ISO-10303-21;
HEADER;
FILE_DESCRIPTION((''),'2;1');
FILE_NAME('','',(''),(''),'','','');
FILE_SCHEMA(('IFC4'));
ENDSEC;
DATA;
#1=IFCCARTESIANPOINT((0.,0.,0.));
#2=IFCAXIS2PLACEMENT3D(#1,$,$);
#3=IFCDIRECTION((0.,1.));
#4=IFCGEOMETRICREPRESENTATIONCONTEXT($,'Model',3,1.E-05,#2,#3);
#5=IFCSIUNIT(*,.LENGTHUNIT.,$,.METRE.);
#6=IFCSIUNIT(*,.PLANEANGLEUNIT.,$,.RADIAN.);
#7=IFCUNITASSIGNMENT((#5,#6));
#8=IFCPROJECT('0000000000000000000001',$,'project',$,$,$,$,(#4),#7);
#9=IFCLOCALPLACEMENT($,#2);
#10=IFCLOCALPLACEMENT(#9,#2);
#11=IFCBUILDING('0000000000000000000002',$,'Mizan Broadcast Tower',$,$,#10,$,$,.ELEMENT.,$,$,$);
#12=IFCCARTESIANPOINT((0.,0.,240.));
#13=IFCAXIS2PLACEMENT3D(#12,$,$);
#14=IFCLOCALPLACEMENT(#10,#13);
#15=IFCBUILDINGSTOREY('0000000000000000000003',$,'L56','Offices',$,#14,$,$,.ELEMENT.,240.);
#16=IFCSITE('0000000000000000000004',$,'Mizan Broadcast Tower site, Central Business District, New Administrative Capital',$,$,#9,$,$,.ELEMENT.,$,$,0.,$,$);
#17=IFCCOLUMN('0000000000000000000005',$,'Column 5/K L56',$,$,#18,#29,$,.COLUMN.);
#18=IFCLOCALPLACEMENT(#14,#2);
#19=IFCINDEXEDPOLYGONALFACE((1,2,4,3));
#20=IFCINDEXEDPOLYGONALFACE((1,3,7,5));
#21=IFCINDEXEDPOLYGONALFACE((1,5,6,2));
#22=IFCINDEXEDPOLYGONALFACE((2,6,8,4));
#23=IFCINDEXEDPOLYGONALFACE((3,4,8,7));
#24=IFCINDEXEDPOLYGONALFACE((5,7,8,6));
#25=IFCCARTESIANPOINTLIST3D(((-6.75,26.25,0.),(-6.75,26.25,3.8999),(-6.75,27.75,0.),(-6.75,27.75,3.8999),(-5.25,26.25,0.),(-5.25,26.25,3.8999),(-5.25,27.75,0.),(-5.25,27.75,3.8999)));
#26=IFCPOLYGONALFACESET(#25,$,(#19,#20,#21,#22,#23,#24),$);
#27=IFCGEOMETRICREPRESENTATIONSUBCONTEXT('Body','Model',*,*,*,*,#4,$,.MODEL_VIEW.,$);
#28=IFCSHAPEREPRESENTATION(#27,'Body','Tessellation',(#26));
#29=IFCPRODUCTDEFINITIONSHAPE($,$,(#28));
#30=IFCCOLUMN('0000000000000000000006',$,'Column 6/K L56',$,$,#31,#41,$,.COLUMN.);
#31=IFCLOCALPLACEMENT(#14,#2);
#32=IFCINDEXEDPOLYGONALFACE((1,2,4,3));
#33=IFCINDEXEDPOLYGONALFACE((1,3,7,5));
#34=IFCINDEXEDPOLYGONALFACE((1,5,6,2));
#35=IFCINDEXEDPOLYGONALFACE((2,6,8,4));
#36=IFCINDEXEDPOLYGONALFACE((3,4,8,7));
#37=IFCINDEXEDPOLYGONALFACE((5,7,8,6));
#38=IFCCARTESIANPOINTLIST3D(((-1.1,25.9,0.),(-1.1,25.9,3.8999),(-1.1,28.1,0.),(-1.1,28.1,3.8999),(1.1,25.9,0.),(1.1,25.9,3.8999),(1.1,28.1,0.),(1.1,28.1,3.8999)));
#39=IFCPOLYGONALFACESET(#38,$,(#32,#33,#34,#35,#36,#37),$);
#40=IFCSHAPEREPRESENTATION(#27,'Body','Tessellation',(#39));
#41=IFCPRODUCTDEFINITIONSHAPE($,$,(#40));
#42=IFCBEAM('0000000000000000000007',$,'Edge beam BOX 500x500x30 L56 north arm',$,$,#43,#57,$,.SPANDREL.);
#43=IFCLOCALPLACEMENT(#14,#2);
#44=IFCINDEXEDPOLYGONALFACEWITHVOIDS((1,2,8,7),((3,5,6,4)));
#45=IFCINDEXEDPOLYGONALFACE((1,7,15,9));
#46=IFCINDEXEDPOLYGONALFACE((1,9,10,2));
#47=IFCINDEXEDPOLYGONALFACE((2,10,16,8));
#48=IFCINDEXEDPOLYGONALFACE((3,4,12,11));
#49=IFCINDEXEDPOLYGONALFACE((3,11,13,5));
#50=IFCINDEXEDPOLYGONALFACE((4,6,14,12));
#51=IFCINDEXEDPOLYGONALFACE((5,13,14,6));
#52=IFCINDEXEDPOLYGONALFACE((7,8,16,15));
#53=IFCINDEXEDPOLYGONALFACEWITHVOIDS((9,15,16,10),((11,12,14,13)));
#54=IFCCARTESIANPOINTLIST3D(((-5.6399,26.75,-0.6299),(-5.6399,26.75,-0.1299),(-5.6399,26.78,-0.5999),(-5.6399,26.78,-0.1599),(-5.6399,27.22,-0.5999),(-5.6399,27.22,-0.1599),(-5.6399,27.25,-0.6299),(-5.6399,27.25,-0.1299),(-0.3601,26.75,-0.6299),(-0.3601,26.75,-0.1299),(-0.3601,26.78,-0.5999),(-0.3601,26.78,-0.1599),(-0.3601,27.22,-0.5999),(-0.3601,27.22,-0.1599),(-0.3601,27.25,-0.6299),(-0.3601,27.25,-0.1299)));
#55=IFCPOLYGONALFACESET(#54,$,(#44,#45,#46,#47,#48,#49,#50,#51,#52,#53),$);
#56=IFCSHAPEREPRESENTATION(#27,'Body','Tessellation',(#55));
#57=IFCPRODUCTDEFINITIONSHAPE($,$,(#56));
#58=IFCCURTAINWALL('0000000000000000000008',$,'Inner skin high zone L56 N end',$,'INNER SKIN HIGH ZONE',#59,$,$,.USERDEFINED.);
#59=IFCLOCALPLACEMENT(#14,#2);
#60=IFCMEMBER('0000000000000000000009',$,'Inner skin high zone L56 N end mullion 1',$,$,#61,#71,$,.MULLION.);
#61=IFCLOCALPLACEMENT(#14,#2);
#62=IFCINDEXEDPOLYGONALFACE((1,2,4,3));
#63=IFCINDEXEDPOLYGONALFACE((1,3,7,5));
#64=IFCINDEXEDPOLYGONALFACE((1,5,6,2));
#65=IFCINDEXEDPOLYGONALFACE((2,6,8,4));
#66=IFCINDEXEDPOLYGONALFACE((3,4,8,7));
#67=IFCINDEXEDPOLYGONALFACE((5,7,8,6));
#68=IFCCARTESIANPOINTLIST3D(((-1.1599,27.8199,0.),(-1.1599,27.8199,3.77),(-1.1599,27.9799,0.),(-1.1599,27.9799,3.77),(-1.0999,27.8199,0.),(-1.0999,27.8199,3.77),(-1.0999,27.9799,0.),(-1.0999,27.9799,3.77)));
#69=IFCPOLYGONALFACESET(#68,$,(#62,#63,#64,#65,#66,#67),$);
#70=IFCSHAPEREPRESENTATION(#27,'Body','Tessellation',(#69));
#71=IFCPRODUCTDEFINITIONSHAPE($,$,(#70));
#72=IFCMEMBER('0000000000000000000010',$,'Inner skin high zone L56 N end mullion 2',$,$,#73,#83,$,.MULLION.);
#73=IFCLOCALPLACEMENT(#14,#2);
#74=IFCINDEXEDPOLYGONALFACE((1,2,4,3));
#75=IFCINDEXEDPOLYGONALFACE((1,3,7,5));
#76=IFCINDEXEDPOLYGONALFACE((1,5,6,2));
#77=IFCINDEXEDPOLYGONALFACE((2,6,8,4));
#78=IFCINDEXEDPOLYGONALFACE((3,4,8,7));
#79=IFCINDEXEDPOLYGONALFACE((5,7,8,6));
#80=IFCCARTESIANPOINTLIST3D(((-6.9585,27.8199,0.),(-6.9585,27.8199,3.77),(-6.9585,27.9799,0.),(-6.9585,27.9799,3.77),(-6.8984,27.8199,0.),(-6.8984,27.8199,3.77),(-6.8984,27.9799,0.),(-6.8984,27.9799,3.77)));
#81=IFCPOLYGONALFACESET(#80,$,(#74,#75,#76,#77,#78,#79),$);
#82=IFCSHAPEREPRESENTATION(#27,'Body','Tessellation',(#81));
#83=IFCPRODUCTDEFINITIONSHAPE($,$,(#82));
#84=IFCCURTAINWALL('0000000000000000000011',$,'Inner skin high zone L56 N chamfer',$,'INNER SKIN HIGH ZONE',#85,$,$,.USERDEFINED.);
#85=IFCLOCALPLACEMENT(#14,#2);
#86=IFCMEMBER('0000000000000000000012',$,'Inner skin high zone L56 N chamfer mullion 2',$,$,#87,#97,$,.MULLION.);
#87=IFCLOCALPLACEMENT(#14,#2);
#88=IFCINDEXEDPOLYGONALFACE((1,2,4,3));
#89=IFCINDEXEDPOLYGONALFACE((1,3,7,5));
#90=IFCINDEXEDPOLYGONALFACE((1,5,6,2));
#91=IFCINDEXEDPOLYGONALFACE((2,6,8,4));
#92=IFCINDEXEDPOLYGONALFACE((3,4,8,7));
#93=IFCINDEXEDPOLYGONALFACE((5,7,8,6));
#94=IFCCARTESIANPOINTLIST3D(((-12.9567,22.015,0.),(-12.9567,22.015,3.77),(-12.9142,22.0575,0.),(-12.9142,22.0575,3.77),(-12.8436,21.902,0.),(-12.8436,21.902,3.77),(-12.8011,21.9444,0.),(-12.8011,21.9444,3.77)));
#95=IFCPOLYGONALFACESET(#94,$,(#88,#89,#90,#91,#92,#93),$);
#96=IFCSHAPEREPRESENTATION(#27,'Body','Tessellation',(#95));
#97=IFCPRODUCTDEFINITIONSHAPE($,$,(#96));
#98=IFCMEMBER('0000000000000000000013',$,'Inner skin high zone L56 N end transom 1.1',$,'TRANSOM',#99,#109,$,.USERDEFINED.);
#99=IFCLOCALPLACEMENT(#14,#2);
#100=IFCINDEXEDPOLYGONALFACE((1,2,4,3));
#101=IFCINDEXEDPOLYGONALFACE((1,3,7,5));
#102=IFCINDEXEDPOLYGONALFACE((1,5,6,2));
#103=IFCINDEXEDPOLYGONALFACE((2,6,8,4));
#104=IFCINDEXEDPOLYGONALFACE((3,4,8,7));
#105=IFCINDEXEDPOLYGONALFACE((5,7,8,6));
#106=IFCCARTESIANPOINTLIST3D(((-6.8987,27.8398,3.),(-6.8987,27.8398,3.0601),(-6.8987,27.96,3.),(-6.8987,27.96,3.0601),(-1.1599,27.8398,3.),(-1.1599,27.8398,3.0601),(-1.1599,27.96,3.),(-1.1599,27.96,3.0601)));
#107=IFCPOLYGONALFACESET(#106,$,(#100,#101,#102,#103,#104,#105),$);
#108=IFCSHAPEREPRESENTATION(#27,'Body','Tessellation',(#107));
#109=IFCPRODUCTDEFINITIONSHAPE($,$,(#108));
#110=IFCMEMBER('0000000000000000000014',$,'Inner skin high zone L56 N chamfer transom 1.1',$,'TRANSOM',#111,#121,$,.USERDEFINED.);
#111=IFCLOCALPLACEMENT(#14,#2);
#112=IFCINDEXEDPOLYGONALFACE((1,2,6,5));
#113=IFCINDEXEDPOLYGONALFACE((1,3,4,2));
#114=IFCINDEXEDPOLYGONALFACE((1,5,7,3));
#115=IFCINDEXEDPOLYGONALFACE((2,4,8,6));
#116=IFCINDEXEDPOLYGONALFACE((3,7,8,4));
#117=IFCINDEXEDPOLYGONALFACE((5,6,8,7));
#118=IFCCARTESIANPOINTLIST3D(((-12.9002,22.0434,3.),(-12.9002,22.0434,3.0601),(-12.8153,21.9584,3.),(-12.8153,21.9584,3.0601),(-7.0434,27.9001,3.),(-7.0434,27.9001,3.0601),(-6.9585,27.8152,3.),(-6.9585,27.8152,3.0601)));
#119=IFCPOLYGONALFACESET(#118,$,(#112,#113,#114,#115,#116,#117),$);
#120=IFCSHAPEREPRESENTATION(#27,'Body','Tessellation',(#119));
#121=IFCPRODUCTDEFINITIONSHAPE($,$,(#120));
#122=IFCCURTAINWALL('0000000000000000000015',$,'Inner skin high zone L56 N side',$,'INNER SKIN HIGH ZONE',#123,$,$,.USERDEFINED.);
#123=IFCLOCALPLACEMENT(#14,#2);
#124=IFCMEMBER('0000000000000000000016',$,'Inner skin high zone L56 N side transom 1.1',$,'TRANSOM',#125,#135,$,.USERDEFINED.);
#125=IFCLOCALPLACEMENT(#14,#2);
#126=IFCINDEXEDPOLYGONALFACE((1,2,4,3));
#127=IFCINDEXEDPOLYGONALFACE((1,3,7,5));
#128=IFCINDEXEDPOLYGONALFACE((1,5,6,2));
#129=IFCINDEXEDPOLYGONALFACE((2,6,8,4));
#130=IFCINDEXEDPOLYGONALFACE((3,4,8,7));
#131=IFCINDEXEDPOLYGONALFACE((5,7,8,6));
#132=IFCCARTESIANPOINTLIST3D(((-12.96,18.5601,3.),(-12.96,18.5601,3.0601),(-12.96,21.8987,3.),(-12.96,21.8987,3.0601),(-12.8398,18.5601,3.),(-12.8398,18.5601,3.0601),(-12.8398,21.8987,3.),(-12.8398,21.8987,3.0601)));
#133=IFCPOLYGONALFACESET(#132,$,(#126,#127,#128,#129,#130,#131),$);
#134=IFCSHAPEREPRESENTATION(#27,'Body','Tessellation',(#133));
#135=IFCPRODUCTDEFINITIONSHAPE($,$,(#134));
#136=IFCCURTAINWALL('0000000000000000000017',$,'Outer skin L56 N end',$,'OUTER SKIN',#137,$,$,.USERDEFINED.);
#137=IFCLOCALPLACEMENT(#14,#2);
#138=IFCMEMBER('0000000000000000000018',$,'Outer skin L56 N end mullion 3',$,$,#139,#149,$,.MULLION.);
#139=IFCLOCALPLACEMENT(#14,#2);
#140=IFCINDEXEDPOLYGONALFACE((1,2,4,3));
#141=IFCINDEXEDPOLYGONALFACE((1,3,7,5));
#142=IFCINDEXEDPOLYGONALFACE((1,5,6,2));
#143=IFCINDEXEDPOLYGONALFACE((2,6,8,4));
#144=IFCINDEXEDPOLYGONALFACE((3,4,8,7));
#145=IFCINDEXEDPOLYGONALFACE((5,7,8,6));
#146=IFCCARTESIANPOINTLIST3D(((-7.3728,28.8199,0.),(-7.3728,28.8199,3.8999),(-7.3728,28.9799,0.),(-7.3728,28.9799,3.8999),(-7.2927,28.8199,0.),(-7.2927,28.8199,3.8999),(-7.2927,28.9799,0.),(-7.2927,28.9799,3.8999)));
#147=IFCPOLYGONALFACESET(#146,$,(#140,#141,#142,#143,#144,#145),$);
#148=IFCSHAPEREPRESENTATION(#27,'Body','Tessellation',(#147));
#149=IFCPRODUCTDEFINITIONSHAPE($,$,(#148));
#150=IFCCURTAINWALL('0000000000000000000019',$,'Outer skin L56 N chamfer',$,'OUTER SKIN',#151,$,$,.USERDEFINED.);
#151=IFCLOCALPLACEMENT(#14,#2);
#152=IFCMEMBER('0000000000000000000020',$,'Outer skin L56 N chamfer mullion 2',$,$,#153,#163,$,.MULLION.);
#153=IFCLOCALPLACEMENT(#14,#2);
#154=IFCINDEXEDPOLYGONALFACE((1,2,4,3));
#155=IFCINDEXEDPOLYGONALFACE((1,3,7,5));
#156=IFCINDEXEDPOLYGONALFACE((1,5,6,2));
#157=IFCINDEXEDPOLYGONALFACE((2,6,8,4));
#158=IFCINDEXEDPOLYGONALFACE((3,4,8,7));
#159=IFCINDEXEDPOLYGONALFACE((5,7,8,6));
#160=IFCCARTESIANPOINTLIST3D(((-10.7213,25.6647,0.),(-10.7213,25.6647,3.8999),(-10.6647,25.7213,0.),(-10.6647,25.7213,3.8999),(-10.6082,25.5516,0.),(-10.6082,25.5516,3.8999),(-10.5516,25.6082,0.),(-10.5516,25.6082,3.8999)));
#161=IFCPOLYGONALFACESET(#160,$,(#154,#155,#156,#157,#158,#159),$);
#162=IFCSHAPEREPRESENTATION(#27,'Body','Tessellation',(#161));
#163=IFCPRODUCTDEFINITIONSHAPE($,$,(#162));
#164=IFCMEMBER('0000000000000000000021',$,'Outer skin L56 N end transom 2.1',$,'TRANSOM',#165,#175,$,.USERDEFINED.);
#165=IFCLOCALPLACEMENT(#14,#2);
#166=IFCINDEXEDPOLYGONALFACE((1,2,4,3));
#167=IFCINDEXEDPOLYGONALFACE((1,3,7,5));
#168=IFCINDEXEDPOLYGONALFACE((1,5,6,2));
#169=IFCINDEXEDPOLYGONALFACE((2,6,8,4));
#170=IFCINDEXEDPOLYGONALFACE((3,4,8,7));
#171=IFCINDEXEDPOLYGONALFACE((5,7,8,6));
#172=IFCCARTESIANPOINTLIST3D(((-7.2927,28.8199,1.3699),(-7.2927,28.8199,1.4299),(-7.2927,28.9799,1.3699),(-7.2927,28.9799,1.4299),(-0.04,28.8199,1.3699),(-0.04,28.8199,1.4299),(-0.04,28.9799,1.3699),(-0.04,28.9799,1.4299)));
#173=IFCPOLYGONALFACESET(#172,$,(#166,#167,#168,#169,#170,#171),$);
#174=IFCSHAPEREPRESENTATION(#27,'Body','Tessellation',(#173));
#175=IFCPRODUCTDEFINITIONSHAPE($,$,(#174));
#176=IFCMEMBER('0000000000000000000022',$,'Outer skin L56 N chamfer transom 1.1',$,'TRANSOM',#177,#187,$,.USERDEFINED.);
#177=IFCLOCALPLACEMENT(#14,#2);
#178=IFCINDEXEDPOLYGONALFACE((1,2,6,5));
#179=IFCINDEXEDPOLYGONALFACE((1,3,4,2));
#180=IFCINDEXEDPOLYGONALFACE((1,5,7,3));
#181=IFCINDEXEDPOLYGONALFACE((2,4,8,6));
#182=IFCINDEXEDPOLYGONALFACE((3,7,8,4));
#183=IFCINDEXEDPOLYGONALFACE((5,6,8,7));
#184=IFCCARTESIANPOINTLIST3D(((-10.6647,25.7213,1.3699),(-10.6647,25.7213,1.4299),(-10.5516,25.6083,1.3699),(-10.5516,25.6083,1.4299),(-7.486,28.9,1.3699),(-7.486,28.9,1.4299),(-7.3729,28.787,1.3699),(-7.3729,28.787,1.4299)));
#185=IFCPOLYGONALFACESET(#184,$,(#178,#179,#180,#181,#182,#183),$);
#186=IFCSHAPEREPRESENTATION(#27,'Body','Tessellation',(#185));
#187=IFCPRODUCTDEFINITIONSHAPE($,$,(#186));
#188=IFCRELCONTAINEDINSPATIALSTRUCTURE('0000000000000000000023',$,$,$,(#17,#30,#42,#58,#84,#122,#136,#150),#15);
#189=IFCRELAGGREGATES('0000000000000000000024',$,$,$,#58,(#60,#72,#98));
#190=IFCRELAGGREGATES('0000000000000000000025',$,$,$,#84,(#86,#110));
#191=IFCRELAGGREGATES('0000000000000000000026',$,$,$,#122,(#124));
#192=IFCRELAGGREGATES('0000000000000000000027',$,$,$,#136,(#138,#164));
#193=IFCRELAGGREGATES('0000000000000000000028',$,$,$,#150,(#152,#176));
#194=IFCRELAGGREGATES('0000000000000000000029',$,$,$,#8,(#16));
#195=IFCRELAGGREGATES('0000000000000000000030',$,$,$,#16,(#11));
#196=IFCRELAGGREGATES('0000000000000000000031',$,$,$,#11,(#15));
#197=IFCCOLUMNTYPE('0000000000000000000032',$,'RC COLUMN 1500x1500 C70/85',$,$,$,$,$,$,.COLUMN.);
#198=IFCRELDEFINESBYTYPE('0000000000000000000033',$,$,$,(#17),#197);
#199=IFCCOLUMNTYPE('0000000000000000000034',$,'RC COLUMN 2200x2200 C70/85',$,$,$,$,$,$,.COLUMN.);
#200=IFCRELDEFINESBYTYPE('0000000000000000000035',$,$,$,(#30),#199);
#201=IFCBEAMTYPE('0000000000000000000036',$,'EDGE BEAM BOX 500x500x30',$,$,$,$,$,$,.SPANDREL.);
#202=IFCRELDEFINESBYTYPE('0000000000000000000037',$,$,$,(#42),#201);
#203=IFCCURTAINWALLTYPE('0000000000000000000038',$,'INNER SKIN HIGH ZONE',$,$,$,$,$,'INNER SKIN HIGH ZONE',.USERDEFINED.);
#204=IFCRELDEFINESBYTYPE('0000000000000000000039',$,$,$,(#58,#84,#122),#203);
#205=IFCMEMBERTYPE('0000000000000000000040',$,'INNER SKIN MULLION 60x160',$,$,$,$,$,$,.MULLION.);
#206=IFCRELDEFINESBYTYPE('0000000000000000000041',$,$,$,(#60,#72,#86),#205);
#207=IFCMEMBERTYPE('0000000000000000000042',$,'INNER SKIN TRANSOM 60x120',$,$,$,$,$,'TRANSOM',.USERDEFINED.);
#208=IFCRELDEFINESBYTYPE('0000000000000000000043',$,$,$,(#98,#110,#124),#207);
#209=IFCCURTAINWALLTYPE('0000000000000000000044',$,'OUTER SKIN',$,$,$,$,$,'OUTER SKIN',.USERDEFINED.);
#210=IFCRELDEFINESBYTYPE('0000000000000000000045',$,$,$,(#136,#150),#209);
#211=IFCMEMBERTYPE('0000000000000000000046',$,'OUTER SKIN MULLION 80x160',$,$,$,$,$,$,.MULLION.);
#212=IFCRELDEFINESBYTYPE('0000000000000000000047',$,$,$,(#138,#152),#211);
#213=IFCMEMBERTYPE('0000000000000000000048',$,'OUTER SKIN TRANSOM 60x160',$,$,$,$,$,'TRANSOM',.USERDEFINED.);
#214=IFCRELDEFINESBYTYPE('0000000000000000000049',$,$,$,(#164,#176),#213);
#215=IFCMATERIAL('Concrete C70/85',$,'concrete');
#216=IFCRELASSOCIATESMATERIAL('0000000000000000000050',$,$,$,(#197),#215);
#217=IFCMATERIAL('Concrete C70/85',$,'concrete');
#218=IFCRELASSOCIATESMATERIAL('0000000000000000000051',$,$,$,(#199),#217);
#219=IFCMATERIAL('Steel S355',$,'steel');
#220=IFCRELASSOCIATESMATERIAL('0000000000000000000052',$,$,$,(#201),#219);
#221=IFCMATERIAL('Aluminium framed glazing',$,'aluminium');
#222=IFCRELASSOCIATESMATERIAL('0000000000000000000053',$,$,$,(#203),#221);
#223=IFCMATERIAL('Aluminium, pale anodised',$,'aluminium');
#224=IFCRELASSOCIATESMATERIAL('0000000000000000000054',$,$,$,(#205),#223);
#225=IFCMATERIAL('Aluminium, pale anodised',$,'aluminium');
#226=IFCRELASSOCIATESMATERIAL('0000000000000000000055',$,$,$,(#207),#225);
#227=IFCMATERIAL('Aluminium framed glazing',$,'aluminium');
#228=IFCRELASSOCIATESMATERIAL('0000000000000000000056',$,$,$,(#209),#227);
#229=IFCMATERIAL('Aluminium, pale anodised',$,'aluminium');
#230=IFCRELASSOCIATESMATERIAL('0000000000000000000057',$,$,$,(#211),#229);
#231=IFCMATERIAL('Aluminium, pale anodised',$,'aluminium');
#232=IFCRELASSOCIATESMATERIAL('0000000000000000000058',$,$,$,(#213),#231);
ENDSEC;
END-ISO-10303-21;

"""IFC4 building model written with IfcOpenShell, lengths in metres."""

from ifc_helpers import new_model, si_unit, direction, frame, origin, origin_2d, place, context, subcontext, project, spatial, rectangle, hollow_rectangle, extrude, material, material_profile, profile_set, type_object, element, aggregate, save


model = new_model("IFC4")

# Units and contexts
model_context = context("Model", 3, precision=1e-05, world=origin(), true_north=direction((0.0, 1.0)))
body_context = subcontext(model_context, "Body", "Model", "MODEL_VIEW")
ifc_project = project(units=[si_unit("LENGTHUNIT", "METRE"), si_unit("PLANEANGLEUNIT", "RADIAN")], contexts=[model_context])

# Site, building, storey
site_placement = place(None, origin())
site = spatial("IfcSite", under=ifc_project, at=site_placement, Name="Mizan Broadcast Tower site, Central Business District, New Administrative Capital", CompositionType="ELEMENT", RefElevation=0.0)
building_placement = place(site_placement, origin())
building = spatial("IfcBuilding", under=site, at=building_placement, Name="Mizan Broadcast Tower", CompositionType="ELEMENT")
storey_placement = place(building_placement, frame((0.0, 0.0, 240.0)))
storey = spatial("IfcBuildingStorey", under=building, at=storey_placement, Name="L56", Description="Offices", CompositionType="ELEMENT", Elevation=240.0)

# Columns
ifc_material_1 = material(Name="Concrete C70/85", Category="concrete")
ifc_material_profile_1 = material_profile(ifc_material_1, rectangle(XDim=1.5, YDim=1.5, at=origin_2d()), Name="RC 1500x1500")
ifc_profile_set_1 = profile_set([ifc_material_profile_1], Name="Concrete C70/85")
column_type_1 = type_object("IfcColumnType", Name="RC COLUMN 1500x1500 C70/85", PredefinedType="COLUMN", material=ifc_profile_set_1)
column_1_placement = place(storey_placement, frame((-6.0, 27.0, 0.0), z_axis=(0.0, 0.0, 1.0), x_axis=(1.0, 0.0, 0.0)))
element("IfcColumn", 1, at=column_1_placement, inside=storey, type_object=column_type_1, Name="Column 5/K L56", PredefinedType="COLUMN", context=body_context, shape_type="SweptSolid", body=[
    extrude(rectangle(XDim=1.5, YDim=1.5, at=origin_2d()), origin(), (0.0, 0.0, 1.0), 3.8999),
])
ifc_material_2 = material(Name="Concrete C70/85", Category="concrete")
ifc_material_profile_2 = material_profile(ifc_material_2, rectangle(XDim=2.2, YDim=2.2, at=origin_2d()), Name="RC 2200x2200")
ifc_profile_set_2 = profile_set([ifc_material_profile_2], Name="Concrete C70/85")
column_type_2 = type_object("IfcColumnType", Name="RC COLUMN 2200x2200 C70/85", PredefinedType="COLUMN", material=ifc_profile_set_2)
column_2_placement = place(storey_placement, frame((0.0, 27.0, 0.0), z_axis=(0.0, 0.0, 1.0), x_axis=(1.0, 0.0, 0.0)))
element("IfcColumn", 2, at=column_2_placement, inside=storey, type_object=column_type_2, Name="Column 6/K L56", PredefinedType="COLUMN", context=body_context, shape_type="SweptSolid", body=[
    extrude(rectangle(XDim=2.2, YDim=2.2, at=origin_2d()), origin(), (0.0, 0.0, 1.0), 3.8999),
])

# Beam
ifc_material_3 = material(Name="Steel S355", Category="steel")
ifc_material_profile_3 = material_profile(ifc_material_3, hollow_rectangle(XDim=0.5, YDim=0.5, WallThickness=0.03, at=origin_2d()), Name="BOX 500x500x30")
ifc_profile_set_3 = profile_set([ifc_material_profile_3], Name="Steel S355")
beam_type_1 = type_object("IfcBeamType", Name="EDGE BEAM BOX 500x500x30", PredefinedType="SPANDREL", material=ifc_profile_set_3)
beam_1_placement = place(storey_placement, frame((-5.6399, 27.0, -0.3799), z_axis=(1.0, 0.0, 0.0), x_axis=(0.0, 1.0, 0.0)))
element("IfcBeam", 3, at=beam_1_placement, inside=storey, type_object=beam_type_1, Name="Edge beam BOX 500x500x30 L56 north arm", PredefinedType="SPANDREL", context=body_context, shape_type="SweptSolid", body=[
    extrude(hollow_rectangle(XDim=0.5, YDim=0.5, WallThickness=0.03, at=origin_2d()), origin(), (0.0, 0.0, 1.0), 5.2798),
])

# Curtain wall, members
ifc_material_4 = material(Name="Aluminium framed glazing", Category="aluminium")
curtain_wall_type_1 = type_object("IfcCurtainWallType", Name="INNER SKIN HIGH ZONE", ElementType="INNER SKIN HIGH ZONE", PredefinedType="USERDEFINED", material=ifc_material_4)
curtain_wall_1_placement = place(storey_placement, origin())
curtain_wall_1 = element("IfcCurtainWall", 4, at=curtain_wall_1_placement, inside=storey, type_object=curtain_wall_type_1, Name="Inner skin high zone L56 N end", ObjectType="INNER SKIN HIGH ZONE", PredefinedType="USERDEFINED")
ifc_material_5 = material(Name="Aluminium, pale anodised", Category="aluminium")
ifc_material_profile_4 = material_profile(ifc_material_5, rectangle(XDim=0.1599, YDim=0.0601, at=origin_2d()), Name="MULLION 160x60")
ifc_profile_set_4 = profile_set([ifc_material_profile_4], Name="Aluminium, pale anodised")
member_type_1 = type_object("IfcMemberType", Name="INNER SKIN MULLION 60x160", PredefinedType="MULLION", material=ifc_profile_set_4)
member_1_placement = place(storey_placement, frame((-1.1299, 27.8999, 0.0), z_axis=(0.0, 0.0, 1.0), x_axis=(0.0, -1.0, 0.0)))
member_1 = element("IfcMember", 5, at=member_1_placement, type_object=member_type_1, Name="Inner skin high zone L56 N end mullion 1", PredefinedType="MULLION", context=body_context, shape_type="SweptSolid", body=[
    extrude(rectangle(XDim=0.1599, YDim=0.0601, at=origin_2d()), origin(), (0.0, 0.0, 1.0), 3.77),
])
member_2_placement = place(storey_placement, frame((-6.9285, 27.8999, 0.0), z_axis=(0.0, 0.0, 1.0), x_axis=(0.0, -1.0, 0.0)))
member_2 = element("IfcMember", 6, at=member_2_placement, type_object=member_type_1, Name="Inner skin high zone L56 N end mullion 2", PredefinedType="MULLION", context=body_context, shape_type="SweptSolid", body=[
    extrude(rectangle(XDim=0.1599, YDim=0.0601, at=origin_2d()), origin(), (0.0, 0.0, 1.0), 3.77),
])

# Curtain wall, member
curtain_wall_2_placement = place(storey_placement, origin())
curtain_wall_2 = element("IfcCurtainWall", 7, at=curtain_wall_2_placement, inside=storey, type_object=curtain_wall_type_1, Name="Inner skin high zone L56 N chamfer", ObjectType="INNER SKIN HIGH ZONE", PredefinedType="USERDEFINED")
member_3_placement = place(storey_placement, frame((-12.8789, 21.9797, 0.0), z_axis=(0.0, 0.0, 1.0), x_axis=(0.707107, -0.707107, 0.0)))
member_3 = element("IfcMember", 8, at=member_3_placement, type_object=member_type_1, Name="Inner skin high zone L56 N chamfer mullion 2", PredefinedType="MULLION", context=body_context, shape_type="SweptSolid", body=[
    extrude(rectangle(XDim=0.1599, YDim=0.0601, at=origin_2d()), origin(), (0.0, 0.0, 1.0), 3.77),
])

# Members
ifc_material_6 = material(Name="Aluminium, pale anodised", Category="aluminium")
ifc_material_profile_5 = material_profile(ifc_material_6, rectangle(XDim=0.1201, YDim=0.0601, at=origin_2d()), Name="TRANSOM 120x60")
ifc_profile_set_5 = profile_set([ifc_material_profile_5], Name="Aluminium, pale anodised")
member_type_2 = type_object("IfcMemberType", Name="INNER SKIN TRANSOM 60x120", ElementType="TRANSOM", PredefinedType="USERDEFINED", material=ifc_profile_set_5)
member_4_placement = place(storey_placement, frame((-1.1599, 27.8999, 3.03), z_axis=(-1.0, 0.0, 0.0), x_axis=(0.0, -1.0, 0.0)))
member_4 = element("IfcMember", 9, at=member_4_placement, type_object=member_type_2, Name="Inner skin high zone L56 N end transom 1.1", ObjectType="TRANSOM", PredefinedType="USERDEFINED", context=body_context, shape_type="SweptSolid", body=[
    extrude(rectangle(XDim=0.1201, YDim=0.0601, at=origin_2d()), origin(), (0.0, 0.0, 1.0), 5.7388),
])
member_5_placement = place(storey_placement, frame((-7.001, 27.8577, 3.03), z_axis=(-0.707107, -0.707107, 0.0), x_axis=(0.707107, -0.707107, 0.0)))
member_5 = element("IfcMember", 10, at=member_5_placement, type_object=member_type_2, Name="Inner skin high zone L56 N chamfer transom 1.1", ObjectType="TRANSOM", PredefinedType="USERDEFINED", context=body_context, shape_type="SweptSolid", body=[
    extrude(rectangle(XDim=0.1201, YDim=0.0601, at=origin_2d()), origin(), (0.0, 0.0, 1.0), 8.2827),
])

# Curtain walls, members
curtain_wall_3_placement = place(storey_placement, origin())
curtain_wall_3 = element("IfcCurtainWall", 11, at=curtain_wall_3_placement, inside=storey, type_object=curtain_wall_type_1, Name="Inner skin high zone L56 N side", ObjectType="INNER SKIN HIGH ZONE", PredefinedType="USERDEFINED")
member_6_placement = place(storey_placement, frame((-12.8999, 21.8987, 3.03), z_axis=(0.0, -1.0, 0.0), x_axis=(1.0, 0.0, 0.0)))
member_6 = element("IfcMember", 12, at=member_6_placement, type_object=member_type_2, Name="Inner skin high zone L56 N side transom 1.1", ObjectType="TRANSOM", PredefinedType="USERDEFINED", context=body_context, shape_type="SweptSolid", body=[
    extrude(rectangle(XDim=0.1201, YDim=0.0601, at=origin_2d()), origin(), (0.0, 0.0, 1.0), 3.3386),
])
ifc_material_7 = material(Name="Aluminium framed glazing", Category="aluminium")
curtain_wall_type_2 = type_object("IfcCurtainWallType", Name="OUTER SKIN", ElementType="OUTER SKIN", PredefinedType="USERDEFINED", material=ifc_material_7)
curtain_wall_4_placement = place(storey_placement, origin())
curtain_wall_4 = element("IfcCurtainWall", 13, at=curtain_wall_4_placement, inside=storey, type_object=curtain_wall_type_2, Name="Outer skin L56 N end", ObjectType="OUTER SKIN", PredefinedType="USERDEFINED")
ifc_material_8 = material(Name="Aluminium, pale anodised", Category="aluminium")
ifc_material_profile_6 = material_profile(ifc_material_8, rectangle(XDim=0.1599, YDim=0.0801, at=origin_2d()), Name="MULLION 160x80")
ifc_profile_set_6 = profile_set([ifc_material_profile_6], Name="Aluminium, pale anodised")
member_type_3 = type_object("IfcMemberType", Name="OUTER SKIN MULLION 80x160", PredefinedType="MULLION", material=ifc_profile_set_6)
member_7_placement = place(storey_placement, frame((-7.3328, 28.8999, 0.0), z_axis=(0.0, 0.0, 1.0), x_axis=(0.0, -1.0, 0.0)))
member_7 = element("IfcMember", 14, at=member_7_placement, type_object=member_type_3, Name="Outer skin L56 N end mullion 3", PredefinedType="MULLION", context=body_context, shape_type="SweptSolid", body=[
    extrude(rectangle(XDim=0.1599, YDim=0.0801, at=origin_2d()), origin(), (0.0, 0.0, 1.0), 3.8999),
])
curtain_wall_5_placement = place(storey_placement, origin())
curtain_wall_5 = element("IfcCurtainWall", 15, at=curtain_wall_5_placement, inside=storey, type_object=curtain_wall_type_2, Name="Outer skin L56 N chamfer", ObjectType="OUTER SKIN", PredefinedType="USERDEFINED")
member_8_placement = place(storey_placement, frame((-10.6365, 25.6365, 0.0), z_axis=(0.0, 0.0, 1.0), x_axis=(0.707107, -0.707107, 0.0)))
member_8 = element("IfcMember", 16, at=member_8_placement, type_object=member_type_3, Name="Outer skin L56 N chamfer mullion 2", PredefinedType="MULLION", context=body_context, shape_type="SweptSolid", body=[
    extrude(rectangle(XDim=0.1599, YDim=0.0801, at=origin_2d()), origin(), (0.0, 0.0, 1.0), 3.8999),
])

# Members
ifc_material_9 = material(Name="Aluminium, pale anodised", Category="aluminium")
ifc_material_profile_7 = material_profile(ifc_material_9, rectangle(XDim=0.1599, YDim=0.0601, at=origin_2d()), Name="TRANSOM 160x60")
ifc_profile_set_7 = profile_set([ifc_material_profile_7], Name="Aluminium, pale anodised")
member_type_4 = type_object("IfcMemberType", Name="OUTER SKIN TRANSOM 60x160", ElementType="TRANSOM", PredefinedType="USERDEFINED", material=ifc_profile_set_7)
member_9_placement = place(storey_placement, frame((-0.04, 28.8999, 1.3999), z_axis=(-1.0, 0.0, 0.0), x_axis=(0.0, -1.0, 0.0)))
member_9 = element("IfcMember", 17, at=member_9_placement, type_object=member_type_4, Name="Outer skin L56 N end transom 2.1", ObjectType="TRANSOM", PredefinedType="USERDEFINED", context=body_context, shape_type="SweptSolid", body=[
    extrude(rectangle(XDim=0.1599, YDim=0.0601, at=origin_2d()), origin(), (0.0, 0.0, 1.0), 7.2527),
])
member_10_placement = place(storey_placement, frame((-7.4294, 28.8435, 1.3999), z_axis=(-0.707107, -0.707107, 0.0), x_axis=(0.707107, -0.707107, 0.0)))
member_10 = element("IfcMember", 18, at=member_10_placement, type_object=member_type_4, Name="Outer skin L56 N chamfer transom 1.1", ObjectType="TRANSOM", PredefinedType="USERDEFINED", context=body_context, shape_type="SweptSolid", body=[
    extrude(rectangle(XDim=0.1599, YDim=0.0601, at=origin_2d()), origin(), (0.0, 0.0, 1.0), 4.4954),
])

aggregate(curtain_wall_1, [member_1, member_2, member_4])
aggregate(curtain_wall_2, [member_3, member_5])
aggregate(curtain_wall_3, [member_6])
aggregate(curtain_wall_4, [member_7, member_9])
aggregate(curtain_wall_5, [member_8, member_10])

save(model, "model.ifc")
